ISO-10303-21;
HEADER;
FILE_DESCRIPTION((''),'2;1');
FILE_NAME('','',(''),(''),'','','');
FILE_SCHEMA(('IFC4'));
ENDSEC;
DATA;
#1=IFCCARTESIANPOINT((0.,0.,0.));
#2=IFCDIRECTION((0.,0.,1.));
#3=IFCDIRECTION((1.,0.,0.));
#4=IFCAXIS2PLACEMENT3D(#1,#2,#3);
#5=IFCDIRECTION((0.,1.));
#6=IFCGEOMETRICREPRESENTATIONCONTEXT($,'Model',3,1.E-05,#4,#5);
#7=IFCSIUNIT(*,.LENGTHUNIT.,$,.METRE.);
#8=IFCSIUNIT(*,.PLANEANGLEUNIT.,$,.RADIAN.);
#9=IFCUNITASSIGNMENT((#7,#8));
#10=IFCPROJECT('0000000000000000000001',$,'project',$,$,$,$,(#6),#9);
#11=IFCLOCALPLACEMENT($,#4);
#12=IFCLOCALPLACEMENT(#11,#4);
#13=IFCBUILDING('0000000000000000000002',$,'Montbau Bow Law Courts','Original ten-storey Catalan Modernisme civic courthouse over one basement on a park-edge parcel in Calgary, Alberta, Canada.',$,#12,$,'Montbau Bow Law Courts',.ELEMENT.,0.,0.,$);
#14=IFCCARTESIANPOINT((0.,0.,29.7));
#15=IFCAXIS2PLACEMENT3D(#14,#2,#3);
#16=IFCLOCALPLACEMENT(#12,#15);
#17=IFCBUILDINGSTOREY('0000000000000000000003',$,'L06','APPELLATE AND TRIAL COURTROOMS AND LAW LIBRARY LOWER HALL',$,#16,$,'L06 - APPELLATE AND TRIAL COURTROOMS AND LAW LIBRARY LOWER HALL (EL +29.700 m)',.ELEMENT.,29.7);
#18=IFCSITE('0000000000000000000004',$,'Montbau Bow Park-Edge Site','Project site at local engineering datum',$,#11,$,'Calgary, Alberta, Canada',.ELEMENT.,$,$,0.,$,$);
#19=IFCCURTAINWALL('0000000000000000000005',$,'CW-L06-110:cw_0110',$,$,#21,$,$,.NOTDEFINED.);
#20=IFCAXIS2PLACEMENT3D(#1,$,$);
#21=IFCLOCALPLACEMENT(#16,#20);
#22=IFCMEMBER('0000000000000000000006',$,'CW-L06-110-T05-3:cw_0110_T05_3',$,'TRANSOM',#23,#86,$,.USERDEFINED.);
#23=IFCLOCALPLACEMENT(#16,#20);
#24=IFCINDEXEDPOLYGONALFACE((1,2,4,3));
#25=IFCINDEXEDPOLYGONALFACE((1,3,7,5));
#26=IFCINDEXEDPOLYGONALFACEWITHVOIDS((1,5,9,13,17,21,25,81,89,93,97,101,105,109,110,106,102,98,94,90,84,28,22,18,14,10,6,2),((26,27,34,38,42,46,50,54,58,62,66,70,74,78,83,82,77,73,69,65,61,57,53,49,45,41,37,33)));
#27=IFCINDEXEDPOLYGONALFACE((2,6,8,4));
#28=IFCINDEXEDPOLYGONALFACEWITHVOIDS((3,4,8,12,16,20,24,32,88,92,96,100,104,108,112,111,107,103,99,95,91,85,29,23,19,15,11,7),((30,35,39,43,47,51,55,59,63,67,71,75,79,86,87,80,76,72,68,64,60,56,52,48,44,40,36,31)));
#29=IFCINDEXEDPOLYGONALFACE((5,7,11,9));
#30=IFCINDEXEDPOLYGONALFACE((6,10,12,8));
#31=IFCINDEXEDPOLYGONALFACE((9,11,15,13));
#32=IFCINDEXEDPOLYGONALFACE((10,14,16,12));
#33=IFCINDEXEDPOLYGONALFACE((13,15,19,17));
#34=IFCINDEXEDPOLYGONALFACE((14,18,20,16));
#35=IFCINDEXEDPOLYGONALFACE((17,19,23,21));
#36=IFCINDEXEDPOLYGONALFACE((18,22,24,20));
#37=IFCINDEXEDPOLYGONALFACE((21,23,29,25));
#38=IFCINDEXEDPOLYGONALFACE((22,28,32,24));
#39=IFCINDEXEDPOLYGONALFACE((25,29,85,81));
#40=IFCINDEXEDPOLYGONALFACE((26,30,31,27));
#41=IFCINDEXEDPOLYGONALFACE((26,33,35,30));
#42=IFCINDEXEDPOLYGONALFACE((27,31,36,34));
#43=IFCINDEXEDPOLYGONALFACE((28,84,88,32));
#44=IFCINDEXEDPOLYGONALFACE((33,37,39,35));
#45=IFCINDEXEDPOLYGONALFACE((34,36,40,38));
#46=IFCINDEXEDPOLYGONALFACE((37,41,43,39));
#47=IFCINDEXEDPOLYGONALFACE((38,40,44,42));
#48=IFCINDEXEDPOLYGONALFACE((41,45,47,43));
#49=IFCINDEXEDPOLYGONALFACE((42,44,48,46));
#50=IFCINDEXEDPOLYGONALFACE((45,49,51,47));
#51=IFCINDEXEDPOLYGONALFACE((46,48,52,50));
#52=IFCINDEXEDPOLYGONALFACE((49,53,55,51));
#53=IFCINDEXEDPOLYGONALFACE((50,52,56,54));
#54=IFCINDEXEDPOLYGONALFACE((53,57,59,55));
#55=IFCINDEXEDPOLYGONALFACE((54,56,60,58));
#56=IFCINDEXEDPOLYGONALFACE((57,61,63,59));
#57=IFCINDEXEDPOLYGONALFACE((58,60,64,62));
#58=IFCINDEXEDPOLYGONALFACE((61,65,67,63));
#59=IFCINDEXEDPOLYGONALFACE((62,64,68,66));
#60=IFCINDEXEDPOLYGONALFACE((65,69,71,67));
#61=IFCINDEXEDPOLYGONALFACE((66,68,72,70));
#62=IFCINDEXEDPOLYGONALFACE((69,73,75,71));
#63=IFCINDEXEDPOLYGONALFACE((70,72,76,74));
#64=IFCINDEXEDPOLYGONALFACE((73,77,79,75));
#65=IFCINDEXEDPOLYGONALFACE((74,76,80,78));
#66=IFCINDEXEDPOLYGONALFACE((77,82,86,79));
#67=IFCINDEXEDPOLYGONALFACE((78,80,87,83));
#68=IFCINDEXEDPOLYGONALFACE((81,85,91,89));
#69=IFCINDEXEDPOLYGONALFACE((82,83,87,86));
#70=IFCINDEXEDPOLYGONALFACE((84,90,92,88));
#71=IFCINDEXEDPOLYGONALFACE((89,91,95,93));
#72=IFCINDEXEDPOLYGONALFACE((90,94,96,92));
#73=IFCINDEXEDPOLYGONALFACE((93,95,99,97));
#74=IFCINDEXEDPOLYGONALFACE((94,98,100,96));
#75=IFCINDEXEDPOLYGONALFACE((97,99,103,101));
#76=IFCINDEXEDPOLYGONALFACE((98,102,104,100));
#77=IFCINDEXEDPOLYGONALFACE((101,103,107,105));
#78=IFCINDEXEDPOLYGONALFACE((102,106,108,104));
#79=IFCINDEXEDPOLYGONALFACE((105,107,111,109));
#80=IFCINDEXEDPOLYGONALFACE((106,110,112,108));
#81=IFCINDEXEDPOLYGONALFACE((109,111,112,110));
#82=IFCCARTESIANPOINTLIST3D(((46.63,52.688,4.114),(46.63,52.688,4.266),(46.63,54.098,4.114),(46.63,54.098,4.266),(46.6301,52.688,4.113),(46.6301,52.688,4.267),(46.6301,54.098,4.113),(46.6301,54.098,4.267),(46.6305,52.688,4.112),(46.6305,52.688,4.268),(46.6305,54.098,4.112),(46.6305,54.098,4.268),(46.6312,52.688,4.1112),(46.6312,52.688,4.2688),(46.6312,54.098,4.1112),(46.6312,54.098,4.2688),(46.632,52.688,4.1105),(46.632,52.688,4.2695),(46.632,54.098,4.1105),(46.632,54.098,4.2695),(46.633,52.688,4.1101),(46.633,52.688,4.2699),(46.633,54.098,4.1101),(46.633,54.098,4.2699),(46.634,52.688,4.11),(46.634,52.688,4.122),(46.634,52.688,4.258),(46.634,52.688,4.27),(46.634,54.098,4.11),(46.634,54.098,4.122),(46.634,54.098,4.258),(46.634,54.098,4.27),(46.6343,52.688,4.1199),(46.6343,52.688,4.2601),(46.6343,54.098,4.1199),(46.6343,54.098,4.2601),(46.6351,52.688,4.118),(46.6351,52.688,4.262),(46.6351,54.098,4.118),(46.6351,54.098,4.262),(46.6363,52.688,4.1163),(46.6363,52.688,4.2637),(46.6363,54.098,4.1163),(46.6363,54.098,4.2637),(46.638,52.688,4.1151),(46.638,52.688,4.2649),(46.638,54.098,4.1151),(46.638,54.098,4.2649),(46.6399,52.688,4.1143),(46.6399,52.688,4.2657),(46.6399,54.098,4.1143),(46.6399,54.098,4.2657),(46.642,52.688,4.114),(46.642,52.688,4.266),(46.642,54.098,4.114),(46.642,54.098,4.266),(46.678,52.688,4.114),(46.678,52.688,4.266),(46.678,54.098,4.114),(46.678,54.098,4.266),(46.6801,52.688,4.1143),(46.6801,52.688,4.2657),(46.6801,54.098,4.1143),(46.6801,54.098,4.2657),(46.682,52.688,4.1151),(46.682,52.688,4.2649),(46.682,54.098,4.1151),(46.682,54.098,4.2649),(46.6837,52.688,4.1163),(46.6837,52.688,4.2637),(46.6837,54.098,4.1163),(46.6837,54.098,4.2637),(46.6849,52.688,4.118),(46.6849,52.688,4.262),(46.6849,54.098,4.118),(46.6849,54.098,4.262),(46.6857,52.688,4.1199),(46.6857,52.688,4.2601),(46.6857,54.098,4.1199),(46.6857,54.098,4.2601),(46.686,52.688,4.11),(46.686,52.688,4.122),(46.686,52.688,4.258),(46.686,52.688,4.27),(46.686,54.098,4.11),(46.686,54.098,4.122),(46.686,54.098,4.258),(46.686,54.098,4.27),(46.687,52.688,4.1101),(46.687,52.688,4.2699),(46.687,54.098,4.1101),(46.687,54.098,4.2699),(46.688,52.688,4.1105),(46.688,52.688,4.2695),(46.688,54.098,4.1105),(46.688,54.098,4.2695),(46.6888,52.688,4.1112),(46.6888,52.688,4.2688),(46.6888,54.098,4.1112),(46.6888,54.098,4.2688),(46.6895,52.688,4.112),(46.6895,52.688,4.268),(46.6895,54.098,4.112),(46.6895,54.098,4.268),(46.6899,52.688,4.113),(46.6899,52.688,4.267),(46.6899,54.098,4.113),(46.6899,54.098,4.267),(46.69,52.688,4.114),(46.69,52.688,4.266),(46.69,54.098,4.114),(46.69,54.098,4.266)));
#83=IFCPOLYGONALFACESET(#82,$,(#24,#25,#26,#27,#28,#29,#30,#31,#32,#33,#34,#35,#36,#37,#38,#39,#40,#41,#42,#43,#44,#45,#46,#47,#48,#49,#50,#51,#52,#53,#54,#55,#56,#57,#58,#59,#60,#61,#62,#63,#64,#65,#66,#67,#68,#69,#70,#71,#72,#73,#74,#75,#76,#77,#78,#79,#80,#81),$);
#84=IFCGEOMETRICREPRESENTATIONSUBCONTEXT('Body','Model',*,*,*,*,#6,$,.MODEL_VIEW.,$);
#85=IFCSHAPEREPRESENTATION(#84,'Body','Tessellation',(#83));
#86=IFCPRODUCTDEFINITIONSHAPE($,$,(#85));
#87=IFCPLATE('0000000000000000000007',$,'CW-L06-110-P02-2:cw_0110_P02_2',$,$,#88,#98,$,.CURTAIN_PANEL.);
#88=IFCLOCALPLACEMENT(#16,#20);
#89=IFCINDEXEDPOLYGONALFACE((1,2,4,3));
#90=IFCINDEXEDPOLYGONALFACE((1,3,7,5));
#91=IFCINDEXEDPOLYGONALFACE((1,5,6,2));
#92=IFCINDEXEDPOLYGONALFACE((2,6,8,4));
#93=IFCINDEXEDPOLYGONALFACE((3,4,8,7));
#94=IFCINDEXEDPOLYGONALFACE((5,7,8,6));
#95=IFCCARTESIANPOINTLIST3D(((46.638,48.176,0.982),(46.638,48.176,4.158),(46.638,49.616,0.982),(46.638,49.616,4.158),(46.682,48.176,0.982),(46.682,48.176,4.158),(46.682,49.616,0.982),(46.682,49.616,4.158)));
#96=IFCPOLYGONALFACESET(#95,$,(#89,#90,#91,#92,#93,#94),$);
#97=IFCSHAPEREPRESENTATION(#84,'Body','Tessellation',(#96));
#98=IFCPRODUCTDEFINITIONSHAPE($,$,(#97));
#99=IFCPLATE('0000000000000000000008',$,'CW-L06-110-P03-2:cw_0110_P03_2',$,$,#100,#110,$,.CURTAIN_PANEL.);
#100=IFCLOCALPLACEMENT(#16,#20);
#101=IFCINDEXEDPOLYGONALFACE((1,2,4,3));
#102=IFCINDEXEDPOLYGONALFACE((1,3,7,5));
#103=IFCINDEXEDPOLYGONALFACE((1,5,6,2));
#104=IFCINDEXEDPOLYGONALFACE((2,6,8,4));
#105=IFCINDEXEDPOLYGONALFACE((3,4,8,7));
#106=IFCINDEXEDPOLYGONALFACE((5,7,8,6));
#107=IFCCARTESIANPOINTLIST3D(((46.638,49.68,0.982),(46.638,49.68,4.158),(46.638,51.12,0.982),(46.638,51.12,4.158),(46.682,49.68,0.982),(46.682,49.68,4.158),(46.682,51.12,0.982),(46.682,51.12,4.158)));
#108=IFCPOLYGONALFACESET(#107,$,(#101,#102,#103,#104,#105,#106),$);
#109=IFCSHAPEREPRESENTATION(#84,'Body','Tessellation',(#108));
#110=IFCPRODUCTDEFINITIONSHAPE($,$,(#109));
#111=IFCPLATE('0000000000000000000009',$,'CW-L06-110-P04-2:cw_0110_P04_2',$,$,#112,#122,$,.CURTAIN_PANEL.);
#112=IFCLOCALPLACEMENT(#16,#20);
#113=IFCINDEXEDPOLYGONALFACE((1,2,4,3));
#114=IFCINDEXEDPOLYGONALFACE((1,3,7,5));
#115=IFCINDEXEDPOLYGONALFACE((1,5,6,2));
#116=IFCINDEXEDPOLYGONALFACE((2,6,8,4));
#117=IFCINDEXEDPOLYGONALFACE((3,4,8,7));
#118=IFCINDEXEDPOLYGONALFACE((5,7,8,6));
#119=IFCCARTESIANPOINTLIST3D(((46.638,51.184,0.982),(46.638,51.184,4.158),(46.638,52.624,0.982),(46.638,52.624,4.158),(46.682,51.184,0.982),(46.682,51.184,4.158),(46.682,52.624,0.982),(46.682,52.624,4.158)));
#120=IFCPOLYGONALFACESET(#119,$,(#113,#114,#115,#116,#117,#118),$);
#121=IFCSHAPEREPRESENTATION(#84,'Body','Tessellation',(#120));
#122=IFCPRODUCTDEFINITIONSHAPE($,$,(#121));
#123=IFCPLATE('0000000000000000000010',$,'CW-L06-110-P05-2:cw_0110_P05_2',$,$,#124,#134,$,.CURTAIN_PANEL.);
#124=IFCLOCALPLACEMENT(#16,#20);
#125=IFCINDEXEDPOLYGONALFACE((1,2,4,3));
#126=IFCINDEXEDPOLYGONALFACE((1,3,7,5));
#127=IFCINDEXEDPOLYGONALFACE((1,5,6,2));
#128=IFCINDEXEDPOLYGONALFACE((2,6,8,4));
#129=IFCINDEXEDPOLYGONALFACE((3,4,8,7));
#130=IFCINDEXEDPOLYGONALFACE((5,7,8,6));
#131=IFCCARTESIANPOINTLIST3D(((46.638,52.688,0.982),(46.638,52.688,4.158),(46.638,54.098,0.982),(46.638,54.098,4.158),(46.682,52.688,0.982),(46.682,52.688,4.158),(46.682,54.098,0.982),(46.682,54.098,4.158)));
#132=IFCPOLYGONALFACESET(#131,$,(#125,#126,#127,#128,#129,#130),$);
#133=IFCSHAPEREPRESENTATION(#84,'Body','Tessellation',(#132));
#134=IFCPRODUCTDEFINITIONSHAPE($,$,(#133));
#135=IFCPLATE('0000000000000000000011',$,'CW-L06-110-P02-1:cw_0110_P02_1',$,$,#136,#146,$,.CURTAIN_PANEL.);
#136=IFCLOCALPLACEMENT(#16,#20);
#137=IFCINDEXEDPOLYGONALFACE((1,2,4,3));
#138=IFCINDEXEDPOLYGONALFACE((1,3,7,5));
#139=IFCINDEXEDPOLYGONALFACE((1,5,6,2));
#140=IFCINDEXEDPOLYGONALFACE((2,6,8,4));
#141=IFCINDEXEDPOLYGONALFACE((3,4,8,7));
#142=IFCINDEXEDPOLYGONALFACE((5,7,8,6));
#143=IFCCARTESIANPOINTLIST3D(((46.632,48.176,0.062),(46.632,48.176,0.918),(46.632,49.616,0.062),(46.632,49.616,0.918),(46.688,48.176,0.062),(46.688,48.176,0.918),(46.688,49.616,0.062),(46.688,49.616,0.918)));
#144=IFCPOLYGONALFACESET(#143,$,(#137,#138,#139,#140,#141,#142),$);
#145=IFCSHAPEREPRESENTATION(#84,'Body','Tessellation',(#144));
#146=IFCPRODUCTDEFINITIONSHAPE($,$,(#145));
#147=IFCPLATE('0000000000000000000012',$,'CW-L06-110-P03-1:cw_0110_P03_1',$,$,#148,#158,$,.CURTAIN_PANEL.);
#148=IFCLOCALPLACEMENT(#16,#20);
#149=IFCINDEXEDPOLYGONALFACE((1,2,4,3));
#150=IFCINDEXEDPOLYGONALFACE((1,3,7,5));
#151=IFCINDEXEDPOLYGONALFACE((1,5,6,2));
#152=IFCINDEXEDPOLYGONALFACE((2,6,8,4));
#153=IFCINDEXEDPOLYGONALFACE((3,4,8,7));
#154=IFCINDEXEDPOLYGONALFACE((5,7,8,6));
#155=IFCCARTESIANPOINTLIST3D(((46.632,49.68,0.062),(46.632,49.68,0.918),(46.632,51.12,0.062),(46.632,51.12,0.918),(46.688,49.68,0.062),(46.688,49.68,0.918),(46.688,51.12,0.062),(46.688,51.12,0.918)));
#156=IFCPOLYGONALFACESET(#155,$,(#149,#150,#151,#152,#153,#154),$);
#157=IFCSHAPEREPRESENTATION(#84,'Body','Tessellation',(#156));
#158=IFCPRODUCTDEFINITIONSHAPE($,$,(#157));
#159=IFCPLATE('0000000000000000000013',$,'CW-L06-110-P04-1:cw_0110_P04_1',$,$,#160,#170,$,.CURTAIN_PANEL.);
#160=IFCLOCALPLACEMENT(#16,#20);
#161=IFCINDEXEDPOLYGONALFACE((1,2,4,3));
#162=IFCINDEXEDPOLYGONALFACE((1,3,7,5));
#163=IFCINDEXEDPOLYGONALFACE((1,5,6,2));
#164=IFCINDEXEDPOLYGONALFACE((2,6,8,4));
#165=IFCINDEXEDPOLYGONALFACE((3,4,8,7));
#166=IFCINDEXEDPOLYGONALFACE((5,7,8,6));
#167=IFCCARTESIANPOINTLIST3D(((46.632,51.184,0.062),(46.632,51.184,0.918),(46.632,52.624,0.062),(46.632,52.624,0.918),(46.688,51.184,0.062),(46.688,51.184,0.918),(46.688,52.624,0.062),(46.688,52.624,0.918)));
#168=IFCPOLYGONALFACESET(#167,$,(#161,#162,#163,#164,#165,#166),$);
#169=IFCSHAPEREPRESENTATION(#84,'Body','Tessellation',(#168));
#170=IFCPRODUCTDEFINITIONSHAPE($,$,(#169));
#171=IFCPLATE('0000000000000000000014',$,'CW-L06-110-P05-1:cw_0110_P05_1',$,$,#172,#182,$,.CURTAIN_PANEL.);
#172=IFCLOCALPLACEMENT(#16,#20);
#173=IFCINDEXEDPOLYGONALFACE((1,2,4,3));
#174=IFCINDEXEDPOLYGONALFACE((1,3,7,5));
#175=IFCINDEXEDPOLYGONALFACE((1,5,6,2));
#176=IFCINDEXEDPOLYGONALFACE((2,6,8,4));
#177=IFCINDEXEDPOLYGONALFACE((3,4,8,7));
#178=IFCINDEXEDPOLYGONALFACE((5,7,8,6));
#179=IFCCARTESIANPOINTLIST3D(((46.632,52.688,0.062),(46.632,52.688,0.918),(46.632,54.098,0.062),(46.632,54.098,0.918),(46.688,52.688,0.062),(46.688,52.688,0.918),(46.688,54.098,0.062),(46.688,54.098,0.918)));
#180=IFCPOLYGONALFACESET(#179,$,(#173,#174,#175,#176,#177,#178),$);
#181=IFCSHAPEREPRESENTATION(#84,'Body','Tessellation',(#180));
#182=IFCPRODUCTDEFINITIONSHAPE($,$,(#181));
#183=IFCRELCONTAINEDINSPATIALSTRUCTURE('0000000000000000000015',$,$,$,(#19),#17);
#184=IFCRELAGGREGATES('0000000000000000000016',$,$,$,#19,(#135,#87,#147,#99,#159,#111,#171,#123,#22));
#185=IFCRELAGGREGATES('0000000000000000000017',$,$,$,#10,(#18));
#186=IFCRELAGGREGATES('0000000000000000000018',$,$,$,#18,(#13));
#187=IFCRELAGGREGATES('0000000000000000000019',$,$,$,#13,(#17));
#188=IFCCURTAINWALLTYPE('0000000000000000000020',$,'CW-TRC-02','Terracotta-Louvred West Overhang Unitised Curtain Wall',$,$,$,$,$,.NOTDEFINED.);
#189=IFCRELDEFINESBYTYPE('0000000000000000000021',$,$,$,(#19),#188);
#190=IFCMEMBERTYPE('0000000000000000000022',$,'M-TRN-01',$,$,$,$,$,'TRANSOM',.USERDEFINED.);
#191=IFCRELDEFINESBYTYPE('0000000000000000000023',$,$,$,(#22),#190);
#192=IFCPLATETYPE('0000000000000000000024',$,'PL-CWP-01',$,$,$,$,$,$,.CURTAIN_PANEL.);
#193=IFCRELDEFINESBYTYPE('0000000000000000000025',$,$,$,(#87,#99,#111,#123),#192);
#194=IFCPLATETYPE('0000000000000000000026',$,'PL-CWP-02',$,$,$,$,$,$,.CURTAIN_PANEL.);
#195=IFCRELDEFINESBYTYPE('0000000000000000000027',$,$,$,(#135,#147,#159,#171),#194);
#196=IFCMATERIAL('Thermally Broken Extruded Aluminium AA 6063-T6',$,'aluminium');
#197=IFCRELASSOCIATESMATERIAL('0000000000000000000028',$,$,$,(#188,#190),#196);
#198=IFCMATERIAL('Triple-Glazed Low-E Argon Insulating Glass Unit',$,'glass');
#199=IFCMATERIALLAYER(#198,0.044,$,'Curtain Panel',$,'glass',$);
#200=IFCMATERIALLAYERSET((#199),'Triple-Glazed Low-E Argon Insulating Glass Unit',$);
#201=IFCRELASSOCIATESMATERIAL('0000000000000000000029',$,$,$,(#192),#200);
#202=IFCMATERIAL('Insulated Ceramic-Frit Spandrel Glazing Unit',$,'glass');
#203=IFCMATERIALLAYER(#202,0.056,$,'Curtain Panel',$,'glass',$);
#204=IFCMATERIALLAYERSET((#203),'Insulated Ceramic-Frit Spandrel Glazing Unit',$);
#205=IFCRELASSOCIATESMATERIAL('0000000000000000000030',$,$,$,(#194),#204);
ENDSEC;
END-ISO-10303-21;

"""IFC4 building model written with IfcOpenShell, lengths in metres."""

from ifc_helpers import new_model, si_unit, direction, frame, frame_2d, origin_with_axes, origin_2d_with_axis, place, context, subcontext, project, spatial, rectangle, hollow_rectangle, extrude, material, layer, layer_set, material_profile, profile_set, type_object, element, aggregate, save


model = new_model("IFC4")

# Units and contexts
model_context = context("Model", 3, precision=1e-05, world=origin_with_axes(), true_north=direction((0.0, 1.0)))
body_context = subcontext(model_context, "Body", "Model", "MODEL_VIEW")
ifc_project = project(units=[si_unit("LENGTHUNIT", "METRE"), si_unit("PLANEANGLEUNIT", "RADIAN")], contexts=[model_context])

# Site, building, storey
site_placement = place(None, origin_with_axes())
site = spatial("IfcSite", under=ifc_project, at=site_placement, Name="Montbau Bow Park-Edge Site", Description="Project site at local engineering datum", LongName="Calgary, Alberta, Canada", CompositionType="ELEMENT", RefElevation=0.0)
building_placement = place(site_placement, origin_with_axes())
building = spatial("IfcBuilding", under=site, at=building_placement, Name="Montbau Bow Law Courts", Description="Original ten-storey Catalan Modernisme civic courthouse over one basement on a park-edge parcel in Calgary, Alberta, Canada.", LongName="Montbau Bow Law Courts", CompositionType="ELEMENT", ElevationOfRefHeight=0.0, ElevationOfTerrain=0.0)
storey_placement = place(building_placement, frame((0.0, 0.0, 29.7), z_axis=(0.0, 0.0, 1.0), x_axis=(1.0, 0.0, 0.0)))
storey = spatial("IfcBuildingStorey", under=building, at=storey_placement, Name="L06", Description="APPELLATE AND TRIAL COURTROOMS AND LAW LIBRARY LOWER HALL", LongName="L06 - APPELLATE AND TRIAL COURTROOMS AND LAW LIBRARY LOWER HALL (EL +29.700 m)", CompositionType="ELEMENT", Elevation=29.7)

# Curtain wall, member, plates
ifc_material_1 = material(Name="Thermally Broken Extruded Aluminium AA 6063-T6", Category="aluminium")
curtain_wall_type = type_object("IfcCurtainWallType", Name="CW-TRC-02", Description="Terracotta-Louvred West Overhang Unitised Curtain Wall", PredefinedType="NOTDEFINED", material=ifc_material_1)
curtain_wall_placement = place(None, frame((46.66, 46.64, 29.7), z_axis=(0.0, 0.0, 1.0), x_axis=(1.0, 0.0, 0.0)))
curtain_wall = element("IfcCurtainWall", 1, at=curtain_wall_placement, inside=storey, type_object=curtain_wall_type, Name="CW-L06-110:cw_0110", PredefinedType="NOTDEFINED")
ifc_material_profile_1 = material_profile(ifc_material_1, hollow_rectangle(XDim=0.06, YDim=0.16, WallThickness=0.004, InnerFilletRadius=0.008, OuterFilletRadius=0.004, at=origin_2d_with_axis()), Name="CWT-160X60", Category="Main", Priority=0)
ifc_profile_set_1 = profile_set([ifc_material_profile_1], Name="Thermally Broken Extruded Aluminium AA 6063-T6")
member_type_1 = type_object("IfcMemberType", Name="M-TRN-01", ElementType="TRANSOM", PredefinedType="USERDEFINED", material=ifc_profile_set_1)
member_1_placement = place(None, frame((46.66, 52.688, 33.89), z_axis=(0.0, 1.0, 0.0), x_axis=(-1.0, 0.0, 0.0)))
member_1 = element("IfcMember", 2, at=member_1_placement, type_object=member_type_1, Name="CW-L06-110-T05-3:cw_0110_T05_3", ObjectType="TRANSOM", PredefinedType="USERDEFINED", context=body_context, shape_type="SweptSolid", body=[
    extrude(hollow_rectangle(XDim=0.06, YDim=0.16, WallThickness=0.004, InnerFilletRadius=0.008, OuterFilletRadius=0.004, at=origin_2d_with_axis()), origin_with_axes(), (0.0, 0.0, 1.0), 1.41),
])
ifc_material_2 = material(Name="Triple-Glazed Low-E Argon Insulating Glass Unit", Category="glass")
ifc_layer_1 = layer(ifc_material_2, 0.044, Name="Curtain Panel", Category="glass")
ifc_layer_set_1 = layer_set([ifc_layer_1], Name="Triple-Glazed Low-E Argon Insulating Glass Unit")
plate_type_1 = type_object("IfcPlateType", Name="PL-CWP-01", PredefinedType="CURTAIN_PANEL", material=ifc_layer_set_1)
plate_1_placement = place(None, frame((46.66, 48.176, 30.682), z_axis=(1.0, 0.0, 0.0), x_axis=(0.0, 1.0, 0.0)))
plate_1 = element("IfcPlate", 3, at=plate_1_placement, type_object=plate_type_1, Name="CW-L06-110-P02-2:cw_0110_P02_2", PredefinedType="CURTAIN_PANEL", context=body_context, shape_type="SweptSolid", body=[
    extrude(rectangle(XDim=1.44, YDim=3.176, at=frame_2d((0.72, 1.588), x_axis=(1.0, 0.0))), frame((0.0, 0.0, -0.022), z_axis=(0.0, 0.0, 1.0), x_axis=(1.0, 0.0, 0.0)), (0.0, 0.0, 1.0), 0.044),
])
plate_2_placement = place(None, frame((46.66, 49.68, 30.682), z_axis=(1.0, 0.0, 0.0), x_axis=(0.0, 1.0, 0.0)))
plate_2 = element("IfcPlate", 4, at=plate_2_placement, type_object=plate_type_1, Name="CW-L06-110-P03-2:cw_0110_P03_2", PredefinedType="CURTAIN_PANEL", context=body_context, shape_type="SweptSolid", body=[
    extrude(rectangle(XDim=1.44, YDim=3.176, at=frame_2d((0.72, 1.588), x_axis=(1.0, 0.0))), frame((0.0, 0.0, -0.022), z_axis=(0.0, 0.0, 1.0), x_axis=(1.0, 0.0, 0.0)), (0.0, 0.0, 1.0), 0.044),
])
plate_3_placement = place(None, frame((46.66, 51.184, 30.682), z_axis=(1.0, 0.0, 0.0), x_axis=(0.0, 1.0, 0.0)))
plate_3 = element("IfcPlate", 5, at=plate_3_placement, type_object=plate_type_1, Name="CW-L06-110-P04-2:cw_0110_P04_2", PredefinedType="CURTAIN_PANEL", context=body_context, shape_type="SweptSolid", body=[
    extrude(rectangle(XDim=1.44, YDim=3.176, at=frame_2d((0.72, 1.588), x_axis=(1.0, 0.0))), frame((0.0, 0.0, -0.022), z_axis=(0.0, 0.0, 1.0), x_axis=(1.0, 0.0, 0.0)), (0.0, 0.0, 1.0), 0.044),
])
plate_4_placement = place(None, frame((46.66, 52.688, 30.682), z_axis=(1.0, 0.0, 0.0), x_axis=(0.0, 1.0, 0.0)))
plate_4 = element("IfcPlate", 6, at=plate_4_placement, type_object=plate_type_1, Name="CW-L06-110-P05-2:cw_0110_P05_2", PredefinedType="CURTAIN_PANEL", context=body_context, shape_type="SweptSolid", body=[
    extrude(rectangle(XDim=1.41, YDim=3.176, at=frame_2d((0.705, 1.588), x_axis=(1.0, 0.0))), frame((0.0, 0.0, -0.022), z_axis=(0.0, 0.0, 1.0), x_axis=(1.0, 0.0, 0.0)), (0.0, 0.0, 1.0), 0.044),
])
ifc_material_3 = material(Name="Insulated Ceramic-Frit Spandrel Glazing Unit", Category="glass")
ifc_layer_2 = layer(ifc_material_3, 0.056, Name="Curtain Panel", Category="glass")
ifc_layer_set_2 = layer_set([ifc_layer_2], Name="Insulated Ceramic-Frit Spandrel Glazing Unit")
plate_type_2 = type_object("IfcPlateType", Name="PL-CWP-02", PredefinedType="CURTAIN_PANEL", material=ifc_layer_set_2)
plate_5_placement = place(None, frame((46.66, 48.176, 29.762), z_axis=(1.0, 0.0, 0.0), x_axis=(0.0, 1.0, 0.0)))
plate_5 = element("IfcPlate", 7, at=plate_5_placement, type_object=plate_type_2, Name="CW-L06-110-P02-1:cw_0110_P02_1", PredefinedType="CURTAIN_PANEL", context=body_context, shape_type="SweptSolid", body=[
    extrude(rectangle(XDim=1.44, YDim=0.856, at=frame_2d((0.72, 0.428), x_axis=(1.0, 0.0))), frame((0.0, 0.0, -0.028), z_axis=(0.0, 0.0, 1.0), x_axis=(1.0, 0.0, 0.0)), (0.0, 0.0, 1.0), 0.056),
])
plate_6_placement = place(None, frame((46.66, 49.68, 29.762), z_axis=(1.0, 0.0, 0.0), x_axis=(0.0, 1.0, 0.0)))
plate_6 = element("IfcPlate", 8, at=plate_6_placement, type_object=plate_type_2, Name="CW-L06-110-P03-1:cw_0110_P03_1", PredefinedType="CURTAIN_PANEL", context=body_context, shape_type="SweptSolid", body=[
    extrude(rectangle(XDim=1.44, YDim=0.856, at=frame_2d((0.72, 0.428), x_axis=(1.0, 0.0))), frame((0.0, 0.0, -0.028), z_axis=(0.0, 0.0, 1.0), x_axis=(1.0, 0.0, 0.0)), (0.0, 0.0, 1.0), 0.056),
])
plate_7_placement = place(None, frame((46.66, 51.184, 29.762), z_axis=(1.0, 0.0, 0.0), x_axis=(0.0, 1.0, 0.0)))
plate_7 = element("IfcPlate", 9, at=plate_7_placement, type_object=plate_type_2, Name="CW-L06-110-P04-1:cw_0110_P04_1", PredefinedType="CURTAIN_PANEL", context=body_context, shape_type="SweptSolid", body=[
    extrude(rectangle(XDim=1.44, YDim=0.856, at=frame_2d((0.72, 0.428), x_axis=(1.0, 0.0))), frame((0.0, 0.0, -0.028), z_axis=(0.0, 0.0, 1.0), x_axis=(1.0, 0.0, 0.0)), (0.0, 0.0, 1.0), 0.056),
])
plate_8_placement = place(None, frame((46.66, 52.688, 29.762), z_axis=(1.0, 0.0, 0.0), x_axis=(0.0, 1.0, 0.0)))
plate_8 = element("IfcPlate", 10, at=plate_8_placement, type_object=plate_type_2, Name="CW-L06-110-P05-1:cw_0110_P05_1", PredefinedType="CURTAIN_PANEL", context=body_context, shape_type="SweptSolid", body=[
    extrude(rectangle(XDim=1.41, YDim=0.856, at=frame_2d((0.705, 0.428), x_axis=(1.0, 0.0))), frame((0.0, 0.0, -0.028), z_axis=(0.0, 0.0, 1.0), x_axis=(1.0, 0.0, 0.0)), (0.0, 0.0, 1.0), 0.056),
])
aggregate(curtain_wall, [plate_5, plate_1, plate_6, plate_2, plate_7, plate_3, plate_8, plate_4, member_1])

save(model, "model.ifc")
